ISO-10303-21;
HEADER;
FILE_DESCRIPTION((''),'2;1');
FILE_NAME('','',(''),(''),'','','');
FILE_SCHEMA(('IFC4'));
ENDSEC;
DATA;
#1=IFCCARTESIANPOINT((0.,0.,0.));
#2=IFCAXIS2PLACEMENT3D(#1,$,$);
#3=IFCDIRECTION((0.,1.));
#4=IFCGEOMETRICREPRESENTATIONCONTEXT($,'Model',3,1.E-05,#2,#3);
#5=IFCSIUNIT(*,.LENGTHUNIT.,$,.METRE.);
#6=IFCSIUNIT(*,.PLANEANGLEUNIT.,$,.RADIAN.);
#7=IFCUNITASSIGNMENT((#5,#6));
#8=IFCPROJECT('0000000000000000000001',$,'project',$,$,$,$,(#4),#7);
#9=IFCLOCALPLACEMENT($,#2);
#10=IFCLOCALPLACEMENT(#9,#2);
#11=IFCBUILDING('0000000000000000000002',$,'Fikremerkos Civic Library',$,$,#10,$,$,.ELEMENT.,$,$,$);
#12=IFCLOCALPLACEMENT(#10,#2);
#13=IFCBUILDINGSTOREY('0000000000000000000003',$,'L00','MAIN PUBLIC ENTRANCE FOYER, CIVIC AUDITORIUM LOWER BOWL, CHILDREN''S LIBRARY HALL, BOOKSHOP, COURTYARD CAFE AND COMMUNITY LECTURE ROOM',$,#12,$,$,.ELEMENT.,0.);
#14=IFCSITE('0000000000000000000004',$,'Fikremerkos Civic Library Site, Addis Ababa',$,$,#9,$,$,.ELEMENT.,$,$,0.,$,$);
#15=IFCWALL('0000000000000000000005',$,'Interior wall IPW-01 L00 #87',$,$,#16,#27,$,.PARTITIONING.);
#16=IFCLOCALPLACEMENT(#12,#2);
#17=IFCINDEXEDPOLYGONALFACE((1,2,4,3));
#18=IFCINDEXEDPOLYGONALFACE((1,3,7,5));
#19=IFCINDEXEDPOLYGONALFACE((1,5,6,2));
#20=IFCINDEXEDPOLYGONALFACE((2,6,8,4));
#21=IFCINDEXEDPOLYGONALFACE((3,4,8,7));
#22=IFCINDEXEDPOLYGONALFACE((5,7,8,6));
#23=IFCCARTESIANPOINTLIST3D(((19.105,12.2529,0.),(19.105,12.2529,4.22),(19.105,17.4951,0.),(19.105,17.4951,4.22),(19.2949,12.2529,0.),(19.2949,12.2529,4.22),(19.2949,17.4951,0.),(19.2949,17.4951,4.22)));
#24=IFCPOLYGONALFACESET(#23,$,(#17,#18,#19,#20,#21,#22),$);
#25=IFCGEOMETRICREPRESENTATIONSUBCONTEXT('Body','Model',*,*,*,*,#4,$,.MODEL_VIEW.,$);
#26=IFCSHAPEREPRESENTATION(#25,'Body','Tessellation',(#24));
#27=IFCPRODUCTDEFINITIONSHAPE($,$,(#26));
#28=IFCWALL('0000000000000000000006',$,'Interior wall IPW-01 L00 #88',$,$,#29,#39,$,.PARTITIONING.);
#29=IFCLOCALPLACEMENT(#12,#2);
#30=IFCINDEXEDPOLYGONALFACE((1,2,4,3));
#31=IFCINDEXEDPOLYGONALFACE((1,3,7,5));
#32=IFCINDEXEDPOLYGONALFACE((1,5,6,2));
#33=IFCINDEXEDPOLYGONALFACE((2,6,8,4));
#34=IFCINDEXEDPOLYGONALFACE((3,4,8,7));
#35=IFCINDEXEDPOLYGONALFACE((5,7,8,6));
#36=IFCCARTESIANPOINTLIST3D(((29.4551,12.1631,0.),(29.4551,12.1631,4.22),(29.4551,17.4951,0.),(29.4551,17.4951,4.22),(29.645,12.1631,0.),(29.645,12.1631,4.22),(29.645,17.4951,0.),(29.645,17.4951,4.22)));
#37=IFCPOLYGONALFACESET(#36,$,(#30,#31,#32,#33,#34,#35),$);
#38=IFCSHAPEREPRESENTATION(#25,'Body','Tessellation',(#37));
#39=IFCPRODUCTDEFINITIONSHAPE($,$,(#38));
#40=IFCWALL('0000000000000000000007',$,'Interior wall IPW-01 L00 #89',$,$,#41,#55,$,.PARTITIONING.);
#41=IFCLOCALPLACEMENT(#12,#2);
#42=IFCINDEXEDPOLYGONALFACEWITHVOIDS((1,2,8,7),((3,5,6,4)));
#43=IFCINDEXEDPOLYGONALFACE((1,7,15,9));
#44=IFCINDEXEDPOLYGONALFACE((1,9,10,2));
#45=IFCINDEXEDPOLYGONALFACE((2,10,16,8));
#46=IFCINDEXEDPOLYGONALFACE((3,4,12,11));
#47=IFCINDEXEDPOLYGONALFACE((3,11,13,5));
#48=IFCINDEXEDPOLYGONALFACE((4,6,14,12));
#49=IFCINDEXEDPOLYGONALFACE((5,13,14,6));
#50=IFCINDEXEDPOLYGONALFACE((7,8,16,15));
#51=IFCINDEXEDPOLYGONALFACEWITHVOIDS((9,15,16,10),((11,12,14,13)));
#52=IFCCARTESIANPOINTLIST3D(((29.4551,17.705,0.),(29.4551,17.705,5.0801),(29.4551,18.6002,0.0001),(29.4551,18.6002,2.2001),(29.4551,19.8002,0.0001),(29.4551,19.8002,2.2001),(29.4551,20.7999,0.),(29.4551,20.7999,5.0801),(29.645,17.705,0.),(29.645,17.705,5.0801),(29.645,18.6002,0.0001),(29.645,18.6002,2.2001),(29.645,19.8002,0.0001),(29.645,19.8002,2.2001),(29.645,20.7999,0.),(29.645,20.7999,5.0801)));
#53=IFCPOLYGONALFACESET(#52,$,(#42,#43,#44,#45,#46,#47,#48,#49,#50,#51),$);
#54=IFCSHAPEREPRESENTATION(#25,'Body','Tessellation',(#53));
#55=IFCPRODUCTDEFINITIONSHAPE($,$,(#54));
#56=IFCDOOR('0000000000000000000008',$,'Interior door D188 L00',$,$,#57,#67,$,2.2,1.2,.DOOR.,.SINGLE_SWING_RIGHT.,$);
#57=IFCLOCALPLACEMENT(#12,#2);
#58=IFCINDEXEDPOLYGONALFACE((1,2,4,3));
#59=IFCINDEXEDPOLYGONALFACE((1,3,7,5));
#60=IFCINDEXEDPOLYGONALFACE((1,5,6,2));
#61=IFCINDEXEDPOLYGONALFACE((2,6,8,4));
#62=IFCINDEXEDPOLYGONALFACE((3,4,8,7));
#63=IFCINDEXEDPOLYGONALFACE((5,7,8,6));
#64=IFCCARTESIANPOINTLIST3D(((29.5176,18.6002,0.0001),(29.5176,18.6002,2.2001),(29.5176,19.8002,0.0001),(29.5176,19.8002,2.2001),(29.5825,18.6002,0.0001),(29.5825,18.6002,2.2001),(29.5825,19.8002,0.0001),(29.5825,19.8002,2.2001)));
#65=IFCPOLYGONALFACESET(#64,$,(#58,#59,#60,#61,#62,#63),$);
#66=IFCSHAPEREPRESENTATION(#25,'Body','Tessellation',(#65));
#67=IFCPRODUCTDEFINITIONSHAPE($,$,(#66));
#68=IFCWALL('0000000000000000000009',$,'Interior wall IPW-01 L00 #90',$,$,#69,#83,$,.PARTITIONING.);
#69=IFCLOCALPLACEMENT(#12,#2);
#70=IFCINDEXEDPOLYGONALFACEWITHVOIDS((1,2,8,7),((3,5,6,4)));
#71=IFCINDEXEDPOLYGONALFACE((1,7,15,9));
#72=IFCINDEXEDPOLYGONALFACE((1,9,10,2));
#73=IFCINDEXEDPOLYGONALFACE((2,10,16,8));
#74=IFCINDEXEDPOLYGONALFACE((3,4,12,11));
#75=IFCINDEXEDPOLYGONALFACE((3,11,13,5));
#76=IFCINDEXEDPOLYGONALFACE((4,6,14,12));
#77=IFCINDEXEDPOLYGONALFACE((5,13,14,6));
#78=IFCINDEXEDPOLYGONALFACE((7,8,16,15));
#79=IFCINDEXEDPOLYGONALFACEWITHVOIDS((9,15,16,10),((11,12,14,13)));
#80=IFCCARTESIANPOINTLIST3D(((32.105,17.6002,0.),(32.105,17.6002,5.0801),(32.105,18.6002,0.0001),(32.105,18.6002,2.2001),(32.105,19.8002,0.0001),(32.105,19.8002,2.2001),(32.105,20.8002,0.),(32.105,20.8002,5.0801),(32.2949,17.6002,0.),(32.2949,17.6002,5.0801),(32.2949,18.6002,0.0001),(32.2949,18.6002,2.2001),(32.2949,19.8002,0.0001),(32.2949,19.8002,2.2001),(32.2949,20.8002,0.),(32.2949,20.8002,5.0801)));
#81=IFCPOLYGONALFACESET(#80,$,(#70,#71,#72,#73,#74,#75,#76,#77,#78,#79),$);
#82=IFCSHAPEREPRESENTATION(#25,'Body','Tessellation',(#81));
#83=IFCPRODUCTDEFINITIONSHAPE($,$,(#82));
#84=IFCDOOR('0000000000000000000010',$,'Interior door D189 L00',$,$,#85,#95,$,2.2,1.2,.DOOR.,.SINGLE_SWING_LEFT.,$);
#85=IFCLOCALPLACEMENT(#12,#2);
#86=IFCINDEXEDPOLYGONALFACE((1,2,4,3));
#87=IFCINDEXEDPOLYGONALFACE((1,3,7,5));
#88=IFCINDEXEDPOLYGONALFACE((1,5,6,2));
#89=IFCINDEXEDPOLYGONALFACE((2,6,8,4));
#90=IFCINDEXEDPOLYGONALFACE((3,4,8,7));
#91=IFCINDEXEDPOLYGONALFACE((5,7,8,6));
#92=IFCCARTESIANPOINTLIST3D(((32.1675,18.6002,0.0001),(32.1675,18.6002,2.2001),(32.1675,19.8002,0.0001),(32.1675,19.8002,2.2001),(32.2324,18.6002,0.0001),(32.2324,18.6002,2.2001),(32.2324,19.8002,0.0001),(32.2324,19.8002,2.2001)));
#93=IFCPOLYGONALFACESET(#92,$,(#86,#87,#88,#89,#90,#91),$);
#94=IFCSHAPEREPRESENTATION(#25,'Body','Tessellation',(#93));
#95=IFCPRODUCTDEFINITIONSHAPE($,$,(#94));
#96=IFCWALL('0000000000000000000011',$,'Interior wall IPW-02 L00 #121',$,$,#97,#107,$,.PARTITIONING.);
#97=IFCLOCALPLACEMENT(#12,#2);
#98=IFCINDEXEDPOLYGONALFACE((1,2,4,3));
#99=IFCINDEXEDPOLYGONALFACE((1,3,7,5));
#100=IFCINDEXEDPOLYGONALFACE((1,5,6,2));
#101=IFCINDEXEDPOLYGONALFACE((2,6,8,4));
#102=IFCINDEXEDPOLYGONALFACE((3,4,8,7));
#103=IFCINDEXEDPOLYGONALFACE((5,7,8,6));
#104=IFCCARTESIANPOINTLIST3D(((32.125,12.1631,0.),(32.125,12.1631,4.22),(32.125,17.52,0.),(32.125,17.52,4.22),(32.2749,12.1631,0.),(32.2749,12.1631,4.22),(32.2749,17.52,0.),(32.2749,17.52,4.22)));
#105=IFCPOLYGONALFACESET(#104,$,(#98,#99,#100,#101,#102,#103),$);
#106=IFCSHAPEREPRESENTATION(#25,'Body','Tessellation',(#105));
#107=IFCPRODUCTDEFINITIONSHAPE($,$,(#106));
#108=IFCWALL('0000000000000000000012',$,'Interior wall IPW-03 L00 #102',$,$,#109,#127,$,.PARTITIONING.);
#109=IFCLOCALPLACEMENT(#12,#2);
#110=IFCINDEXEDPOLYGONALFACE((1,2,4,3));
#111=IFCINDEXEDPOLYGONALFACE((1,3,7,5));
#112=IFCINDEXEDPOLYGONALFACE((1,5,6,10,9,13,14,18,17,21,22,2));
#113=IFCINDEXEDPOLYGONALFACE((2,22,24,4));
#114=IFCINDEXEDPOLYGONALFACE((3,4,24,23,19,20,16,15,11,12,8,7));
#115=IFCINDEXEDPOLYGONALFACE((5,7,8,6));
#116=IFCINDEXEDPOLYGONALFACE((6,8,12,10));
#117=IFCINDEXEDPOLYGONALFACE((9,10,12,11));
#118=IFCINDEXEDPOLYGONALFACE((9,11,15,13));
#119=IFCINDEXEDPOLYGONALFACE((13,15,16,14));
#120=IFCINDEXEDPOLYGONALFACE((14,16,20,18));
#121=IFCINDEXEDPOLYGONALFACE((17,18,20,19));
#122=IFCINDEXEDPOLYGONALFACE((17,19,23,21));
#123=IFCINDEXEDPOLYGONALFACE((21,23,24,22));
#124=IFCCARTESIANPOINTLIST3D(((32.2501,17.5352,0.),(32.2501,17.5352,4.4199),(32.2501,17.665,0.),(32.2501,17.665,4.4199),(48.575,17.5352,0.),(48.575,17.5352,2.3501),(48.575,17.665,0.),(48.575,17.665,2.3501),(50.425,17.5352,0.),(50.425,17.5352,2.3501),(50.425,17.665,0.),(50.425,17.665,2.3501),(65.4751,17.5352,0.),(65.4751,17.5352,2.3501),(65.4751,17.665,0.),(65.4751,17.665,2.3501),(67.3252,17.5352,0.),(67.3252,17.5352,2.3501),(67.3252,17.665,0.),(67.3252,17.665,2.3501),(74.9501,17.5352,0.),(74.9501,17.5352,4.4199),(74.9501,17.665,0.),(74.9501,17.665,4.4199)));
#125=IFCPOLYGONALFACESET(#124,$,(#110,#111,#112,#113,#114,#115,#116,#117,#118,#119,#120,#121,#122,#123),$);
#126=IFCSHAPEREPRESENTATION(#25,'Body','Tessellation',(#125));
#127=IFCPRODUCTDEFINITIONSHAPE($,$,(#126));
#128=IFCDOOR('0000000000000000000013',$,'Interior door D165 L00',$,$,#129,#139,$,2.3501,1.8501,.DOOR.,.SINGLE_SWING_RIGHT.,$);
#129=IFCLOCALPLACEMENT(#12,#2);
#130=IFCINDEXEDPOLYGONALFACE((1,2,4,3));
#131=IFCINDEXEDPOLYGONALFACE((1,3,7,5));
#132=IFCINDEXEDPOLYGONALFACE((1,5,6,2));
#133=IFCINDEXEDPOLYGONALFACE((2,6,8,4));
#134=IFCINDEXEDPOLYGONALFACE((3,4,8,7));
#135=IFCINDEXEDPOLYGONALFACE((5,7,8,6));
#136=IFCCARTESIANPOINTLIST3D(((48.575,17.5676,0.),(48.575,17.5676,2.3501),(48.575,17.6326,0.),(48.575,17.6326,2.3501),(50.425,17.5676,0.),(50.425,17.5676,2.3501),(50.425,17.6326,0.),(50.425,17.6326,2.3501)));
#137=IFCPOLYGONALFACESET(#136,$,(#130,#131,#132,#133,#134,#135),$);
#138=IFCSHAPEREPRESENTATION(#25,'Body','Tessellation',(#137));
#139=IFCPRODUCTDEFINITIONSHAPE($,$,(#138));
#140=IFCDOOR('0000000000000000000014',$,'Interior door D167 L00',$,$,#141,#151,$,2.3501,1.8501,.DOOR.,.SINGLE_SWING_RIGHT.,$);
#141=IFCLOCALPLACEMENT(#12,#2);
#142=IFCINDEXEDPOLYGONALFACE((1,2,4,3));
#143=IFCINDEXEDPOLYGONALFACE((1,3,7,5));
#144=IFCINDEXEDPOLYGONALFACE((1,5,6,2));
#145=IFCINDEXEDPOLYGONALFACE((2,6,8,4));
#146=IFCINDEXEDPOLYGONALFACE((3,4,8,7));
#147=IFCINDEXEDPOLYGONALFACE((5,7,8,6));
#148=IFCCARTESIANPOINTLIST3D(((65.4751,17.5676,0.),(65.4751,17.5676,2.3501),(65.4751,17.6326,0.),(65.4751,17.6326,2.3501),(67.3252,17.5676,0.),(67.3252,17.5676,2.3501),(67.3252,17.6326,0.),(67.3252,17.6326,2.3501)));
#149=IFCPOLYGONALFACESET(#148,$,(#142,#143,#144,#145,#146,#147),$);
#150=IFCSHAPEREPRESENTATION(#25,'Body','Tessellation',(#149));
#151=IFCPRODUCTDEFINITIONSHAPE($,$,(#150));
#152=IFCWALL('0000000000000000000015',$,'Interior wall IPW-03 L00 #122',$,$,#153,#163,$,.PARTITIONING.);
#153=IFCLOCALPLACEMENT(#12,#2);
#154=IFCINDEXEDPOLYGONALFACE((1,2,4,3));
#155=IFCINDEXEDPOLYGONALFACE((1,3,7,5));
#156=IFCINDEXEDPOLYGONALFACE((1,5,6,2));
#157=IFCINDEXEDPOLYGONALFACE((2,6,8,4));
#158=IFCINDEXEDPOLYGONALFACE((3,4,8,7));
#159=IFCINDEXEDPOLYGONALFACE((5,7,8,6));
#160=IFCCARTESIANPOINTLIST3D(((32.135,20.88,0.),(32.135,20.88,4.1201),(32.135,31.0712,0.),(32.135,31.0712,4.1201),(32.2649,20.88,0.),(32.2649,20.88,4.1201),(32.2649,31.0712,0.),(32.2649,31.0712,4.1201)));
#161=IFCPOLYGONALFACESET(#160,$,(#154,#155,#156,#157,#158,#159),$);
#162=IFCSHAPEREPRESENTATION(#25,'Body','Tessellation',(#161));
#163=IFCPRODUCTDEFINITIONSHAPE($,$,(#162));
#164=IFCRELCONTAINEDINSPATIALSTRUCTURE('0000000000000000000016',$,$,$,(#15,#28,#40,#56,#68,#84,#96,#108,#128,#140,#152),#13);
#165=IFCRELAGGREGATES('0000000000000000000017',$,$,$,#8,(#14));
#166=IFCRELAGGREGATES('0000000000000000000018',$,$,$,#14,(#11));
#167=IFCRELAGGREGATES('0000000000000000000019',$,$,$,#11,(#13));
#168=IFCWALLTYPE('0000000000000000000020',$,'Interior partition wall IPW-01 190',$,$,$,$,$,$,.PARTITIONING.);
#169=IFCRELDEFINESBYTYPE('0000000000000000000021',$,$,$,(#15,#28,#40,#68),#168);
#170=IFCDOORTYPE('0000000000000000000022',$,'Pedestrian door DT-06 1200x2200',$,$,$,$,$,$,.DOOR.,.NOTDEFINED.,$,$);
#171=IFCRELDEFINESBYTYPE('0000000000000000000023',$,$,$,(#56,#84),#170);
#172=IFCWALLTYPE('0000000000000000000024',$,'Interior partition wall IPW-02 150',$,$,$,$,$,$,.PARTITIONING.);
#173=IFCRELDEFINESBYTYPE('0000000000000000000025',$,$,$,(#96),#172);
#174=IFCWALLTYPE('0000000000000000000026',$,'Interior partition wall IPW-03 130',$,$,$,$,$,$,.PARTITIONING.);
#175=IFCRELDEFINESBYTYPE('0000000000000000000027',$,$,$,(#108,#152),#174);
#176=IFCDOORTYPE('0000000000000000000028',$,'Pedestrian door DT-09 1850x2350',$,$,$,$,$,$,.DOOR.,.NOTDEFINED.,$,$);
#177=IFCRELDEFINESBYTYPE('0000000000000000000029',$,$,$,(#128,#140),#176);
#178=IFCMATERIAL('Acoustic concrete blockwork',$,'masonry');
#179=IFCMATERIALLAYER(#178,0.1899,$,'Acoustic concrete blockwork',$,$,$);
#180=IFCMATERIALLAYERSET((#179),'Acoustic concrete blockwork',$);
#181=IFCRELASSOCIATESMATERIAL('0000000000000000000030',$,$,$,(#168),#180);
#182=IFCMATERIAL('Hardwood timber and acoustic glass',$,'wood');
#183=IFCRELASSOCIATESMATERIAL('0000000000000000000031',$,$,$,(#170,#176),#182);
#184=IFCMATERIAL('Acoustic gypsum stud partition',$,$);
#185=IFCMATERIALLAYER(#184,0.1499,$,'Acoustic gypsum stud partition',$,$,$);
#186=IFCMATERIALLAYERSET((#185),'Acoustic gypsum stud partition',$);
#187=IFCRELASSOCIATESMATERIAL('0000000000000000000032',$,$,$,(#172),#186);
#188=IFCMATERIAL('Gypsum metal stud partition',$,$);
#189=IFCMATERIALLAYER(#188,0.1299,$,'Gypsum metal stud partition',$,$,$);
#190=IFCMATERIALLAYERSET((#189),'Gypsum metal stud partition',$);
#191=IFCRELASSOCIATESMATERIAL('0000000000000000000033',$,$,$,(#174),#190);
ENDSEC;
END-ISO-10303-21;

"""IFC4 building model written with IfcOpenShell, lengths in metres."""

from ifc_helpers import new_model, si_unit, direction, frame, frame_2d, origin, place, context, subcontext, project, spatial, rectangle, extrude, material, layer, layer_set, type_object, element, fill, save


model = new_model("IFC4")

# Units and contexts
model_context = context("Model", 3, precision=1e-05, world=origin(), true_north=direction((0.0, 1.0)))
body_context = subcontext(model_context, "Body", "Model", "MODEL_VIEW")
ifc_project = project(units=[si_unit("LENGTHUNIT", "METRE"), si_unit("PLANEANGLEUNIT", "RADIAN")], contexts=[model_context])

# Site, building, storey
site_placement = place(None, origin())
site = spatial("IfcSite", under=ifc_project, at=site_placement, Name="Fikremerkos Civic Library Site, Addis Ababa", CompositionType="ELEMENT", RefElevation=0.0)
building_placement = place(site_placement, origin())
building = spatial("IfcBuilding", under=site, at=building_placement, Name="Fikremerkos Civic Library", CompositionType="ELEMENT")
storey_placement = place(building_placement, origin())
storey = spatial("IfcBuildingStorey", under=building, at=storey_placement, Name="L00", Description="MAIN PUBLIC ENTRANCE FOYER, CIVIC AUDITORIUM LOWER BOWL, CHILDREN'S LIBRARY HALL, BOOKSHOP, COURTYARD CAFE AND COMMUNITY LECTURE ROOM", CompositionType="ELEMENT", Elevation=0.0)

# Shared definitions
ifc_material_1 = material(Name="Acoustic concrete blockwork", Category="masonry")
ifc_layer_1 = layer(ifc_material_1, 0.1899, Name="Acoustic concrete blockwork")
ifc_layer_set_1 = layer_set([ifc_layer_1], Name="Acoustic concrete blockwork")
wall_type_1 = type_object("IfcWallType", Name="Interior partition wall IPW-01 190", PredefinedType="PARTITIONING", material=ifc_layer_set_1)
ifc_material_2 = material(Name="Hardwood timber and acoustic glass", Category="wood")
door_type_1 = type_object("IfcDoorType", Name="Pedestrian door DT-06 1200x2200", OperationType="NOTDEFINED", PredefinedType="DOOR", material=ifc_material_2)

# Walls
wall_1_placement = place(storey_placement, frame((19.2, 12.2529, 0.0), z_axis=(0.0, 0.0, 1.0), x_axis=(0.0, 1.0, 0.0)))
element("IfcWall", 1, at=wall_1_placement, inside=storey, type_object=wall_type_1, Name="Interior wall IPW-01 L00 #87", PredefinedType="PARTITIONING", context=body_context, shape_type="SweptSolid", body=[
    extrude(rectangle(XDim=5.2422, YDim=0.1899, at=frame_2d((2.6211, 0.0))), origin(), (0.0, 0.0, 1.0), 4.22),
])
wall_2_placement = place(storey_placement, frame((29.55, 12.1631, 0.0), z_axis=(0.0, 0.0, 1.0), x_axis=(0.0, 1.0, 0.0)))
element("IfcWall", 2, at=wall_2_placement, inside=storey, type_object=wall_type_1, Name="Interior wall IPW-01 L00 #88", PredefinedType="PARTITIONING", context=body_context, shape_type="SweptSolid", body=[
    extrude(rectangle(XDim=5.332, YDim=0.1899, at=frame_2d((2.666, 0.0))), origin(), (0.0, 0.0, 1.0), 4.22),
])

# Walls, openings, doors
wall_3_placement = place(storey_placement, frame((29.55, 17.7051, 0.0), z_axis=(0.0, 0.0, 1.0), x_axis=(0.0, 1.0, 0.0)))
wall_3 = element("IfcWall", 3, at=wall_3_placement, inside=storey, type_object=wall_type_1, Name="Interior wall IPW-01 L00 #89", PredefinedType="PARTITIONING", context=body_context, shape_type="SweptSolid", body=[
    extrude(rectangle(XDim=3.095, YDim=0.1899, at=frame_2d((1.5474, 0.0))), origin(), (0.0, 0.0, 1.0), 5.0801),
])
opening_1_placement = place(wall_3_placement, frame((0.895, 0.0, 0.0)))
opening_1 = element("IfcOpeningElement", 4, at=opening_1_placement, cuts=wall_3, PredefinedType="OPENING", context=body_context, shape_type="SweptSolid", body=[
    extrude(rectangle(XDim=1.2, YDim=2.2, at=frame_2d((0.6001, 1.1001))), frame((0.0, 0.105, 0.0), z_axis=(0.0, -1.0, 0.0), x_axis=(1.0, 0.0, 0.0)), (0.0, 0.0, 1.0), 0.21),
])
door_1_placement = place(opening_1_placement, origin())
door_1 = element("IfcDoor", 5, at=door_1_placement, inside=storey, type_object=door_type_1, Name="Interior door D188 L00", OperationType="SINGLE_SWING_RIGHT", OverallHeight=2.2, OverallWidth=1.2, PredefinedType="DOOR", context=body_context, shape_type="SweptSolid", body=[
    extrude(rectangle(XDim=1.2, YDim=2.2, at=frame_2d((0.6001, 1.1001))), frame((0.0, 0.0325, 0.0), z_axis=(0.0, -1.0, 0.0), x_axis=(1.0, 0.0, 0.0)), (0.0, 0.0, 1.0), 0.0649),
])
fill(opening_1, door_1)
wall_4_placement = place(storey_placement, frame((32.2, 17.6001, 0.0), z_axis=(0.0, 0.0, 1.0), x_axis=(0.0, 1.0, 0.0)))
wall_4 = element("IfcWall", 6, at=wall_4_placement, inside=storey, type_object=wall_type_1, Name="Interior wall IPW-01 L00 #90", PredefinedType="PARTITIONING", context=body_context, shape_type="SweptSolid", body=[
    extrude(rectangle(XDim=3.2, YDim=0.1899, at=frame_2d((1.6001, 0.0))), origin(), (0.0, 0.0, 1.0), 5.0801),
])
opening_2_placement = place(wall_4_placement, frame((1.0, 0.0, 0.0)))
opening_2 = element("IfcOpeningElement", 7, at=opening_2_placement, cuts=wall_4, PredefinedType="OPENING", context=body_context, shape_type="SweptSolid", body=[
    extrude(rectangle(XDim=1.2, YDim=2.2, at=frame_2d((0.6001, 1.1001))), frame((0.0, 0.105, 0.0), z_axis=(0.0, -1.0, 0.0), x_axis=(1.0, 0.0, 0.0)), (0.0, 0.0, 1.0), 0.21),
])
door_2_placement = place(opening_2_placement, origin())
door_2 = element("IfcDoor", 8, at=door_2_placement, inside=storey, type_object=door_type_1, Name="Interior door D189 L00", OperationType="SINGLE_SWING_LEFT", OverallHeight=2.2, OverallWidth=1.2, PredefinedType="DOOR", context=body_context, shape_type="SweptSolid", body=[
    extrude(rectangle(XDim=1.2, YDim=2.2, at=frame_2d((0.6001, 1.1001))), frame((0.0, 0.0325, 0.0), z_axis=(0.0, -1.0, 0.0), x_axis=(1.0, 0.0, 0.0)), (0.0, 0.0, 1.0), 0.0649),
])
fill(opening_2, door_2)

# Wall
ifc_material_3 = material(Name="Acoustic gypsum stud partition")
ifc_layer_2 = layer(ifc_material_3, 0.1499, Name="Acoustic gypsum stud partition")
ifc_layer_set_2 = layer_set([ifc_layer_2], Name="Acoustic gypsum stud partition")
wall_type_2 = type_object("IfcWallType", Name="Interior partition wall IPW-02 150", PredefinedType="PARTITIONING", material=ifc_layer_set_2)
wall_5_placement = place(storey_placement, frame((32.2, 12.1631, 0.0), z_axis=(0.0, 0.0, 1.0), x_axis=(0.0, 1.0, 0.0)))
element("IfcWall", 9, at=wall_5_placement, inside=storey, type_object=wall_type_2, Name="Interior wall IPW-02 L00 #121", PredefinedType="PARTITIONING", context=body_context, shape_type="SweptSolid", body=[
    extrude(rectangle(XDim=5.3569, YDim=0.1499, at=frame_2d((2.6785, 0.0))), origin(), (0.0, 0.0, 1.0), 4.22),
])

# Wall, openings, doors
ifc_material_4 = material(Name="Gypsum metal stud partition")
ifc_layer_3 = layer(ifc_material_4, 0.1299, Name="Gypsum metal stud partition")
ifc_layer_set_3 = layer_set([ifc_layer_3], Name="Gypsum metal stud partition")
wall_type_3 = type_object("IfcWallType", Name="Interior partition wall IPW-03 130", PredefinedType="PARTITIONING", material=ifc_layer_set_3)
wall_6_placement = place(storey_placement, frame((32.25, 17.6001, 0.0), z_axis=(0.0, 0.0, 1.0), x_axis=(1.0, 0.0, 0.0)))
wall_6 = element("IfcWall", 10, at=wall_6_placement, inside=storey, type_object=wall_type_3, Name="Interior wall IPW-03 L00 #102", PredefinedType="PARTITIONING", context=body_context, shape_type="SweptSolid", body=[
    extrude(rectangle(XDim=42.7, YDim=0.1299, at=frame_2d((21.3501, 0.0))), origin(), (0.0, 0.0, 1.0), 4.4199),
])
opening_3_placement = place(wall_6_placement, frame((16.325, 0.0, 0.0)))
opening_3 = element("IfcOpeningElement", 11, at=opening_3_placement, cuts=wall_6, PredefinedType="OPENING", context=body_context, shape_type="SweptSolid", body=[
    extrude(rectangle(XDim=1.8501, YDim=2.3501, at=frame_2d((0.925, 1.175))), frame((0.0, 0.075, 0.0), z_axis=(0.0, -1.0, 0.0), x_axis=(1.0, 0.0, 0.0)), (0.0, 0.0, 1.0), 0.1499),
])
opening_4_placement = place(wall_6_placement, frame((33.2251, 0.0, 0.0)))
opening_4 = element("IfcOpeningElement", 12, at=opening_4_placement, cuts=wall_6, PredefinedType="OPENING", context=body_context, shape_type="SweptSolid", body=[
    extrude(rectangle(XDim=1.8501, YDim=2.3501, at=frame_2d((0.925, 1.175))), frame((0.0, 0.075, 0.0), z_axis=(0.0, -1.0, 0.0), x_axis=(1.0, 0.0, 0.0)), (0.0, 0.0, 1.0), 0.1499),
])
door_type_2 = type_object("IfcDoorType", Name="Pedestrian door DT-09 1850x2350", OperationType="NOTDEFINED", PredefinedType="DOOR", material=ifc_material_2)
door_3_placement = place(opening_3_placement, origin())
door_3 = element("IfcDoor", 13, at=door_3_placement, inside=storey, type_object=door_type_2, Name="Interior door D165 L00", OperationType="SINGLE_SWING_RIGHT", OverallHeight=2.3501, OverallWidth=1.8501, PredefinedType="DOOR", context=body_context, shape_type="SweptSolid", body=[
    extrude(rectangle(XDim=1.8501, YDim=2.3501, at=frame_2d((0.925, 1.175))), frame((0.0, 0.0325, 0.0), z_axis=(0.0, -1.0, 0.0), x_axis=(1.0, 0.0, 0.0)), (0.0, 0.0, 1.0), 0.0649),
])
fill(opening_3, door_3)
door_4_placement = place(opening_4_placement, origin())
door_4 = element("IfcDoor", 14, at=door_4_placement, inside=storey, type_object=door_type_2, Name="Interior door D167 L00", OperationType="SINGLE_SWING_RIGHT", OverallHeight=2.3501, OverallWidth=1.8501, PredefinedType="DOOR", context=body_context, shape_type="SweptSolid", body=[
    extrude(rectangle(XDim=1.8501, YDim=2.3501, at=frame_2d((0.925, 1.175))), frame((0.0, 0.0325, 0.0), z_axis=(0.0, -1.0, 0.0), x_axis=(1.0, 0.0, 0.0)), (0.0, 0.0, 1.0), 0.0649),
])
fill(opening_4, door_4)

# Wall
wall_7_placement = place(storey_placement, frame((32.2, 20.8799, 0.0), z_axis=(0.0, 0.0, 1.0), x_axis=(0.0, 1.0, 0.0)))
element("IfcWall", 15, at=wall_7_placement, inside=storey, type_object=wall_type_3, Name="Interior wall IPW-03 L00 #122", PredefinedType="PARTITIONING", context=body_context, shape_type="SweptSolid", body=[
    extrude(rectangle(XDim=10.1912, YDim=0.1299, at=frame_2d((5.0957, 0.0))), origin(), (0.0, 0.0, 1.0), 4.1201),
])

save(model, "model.ifc")
